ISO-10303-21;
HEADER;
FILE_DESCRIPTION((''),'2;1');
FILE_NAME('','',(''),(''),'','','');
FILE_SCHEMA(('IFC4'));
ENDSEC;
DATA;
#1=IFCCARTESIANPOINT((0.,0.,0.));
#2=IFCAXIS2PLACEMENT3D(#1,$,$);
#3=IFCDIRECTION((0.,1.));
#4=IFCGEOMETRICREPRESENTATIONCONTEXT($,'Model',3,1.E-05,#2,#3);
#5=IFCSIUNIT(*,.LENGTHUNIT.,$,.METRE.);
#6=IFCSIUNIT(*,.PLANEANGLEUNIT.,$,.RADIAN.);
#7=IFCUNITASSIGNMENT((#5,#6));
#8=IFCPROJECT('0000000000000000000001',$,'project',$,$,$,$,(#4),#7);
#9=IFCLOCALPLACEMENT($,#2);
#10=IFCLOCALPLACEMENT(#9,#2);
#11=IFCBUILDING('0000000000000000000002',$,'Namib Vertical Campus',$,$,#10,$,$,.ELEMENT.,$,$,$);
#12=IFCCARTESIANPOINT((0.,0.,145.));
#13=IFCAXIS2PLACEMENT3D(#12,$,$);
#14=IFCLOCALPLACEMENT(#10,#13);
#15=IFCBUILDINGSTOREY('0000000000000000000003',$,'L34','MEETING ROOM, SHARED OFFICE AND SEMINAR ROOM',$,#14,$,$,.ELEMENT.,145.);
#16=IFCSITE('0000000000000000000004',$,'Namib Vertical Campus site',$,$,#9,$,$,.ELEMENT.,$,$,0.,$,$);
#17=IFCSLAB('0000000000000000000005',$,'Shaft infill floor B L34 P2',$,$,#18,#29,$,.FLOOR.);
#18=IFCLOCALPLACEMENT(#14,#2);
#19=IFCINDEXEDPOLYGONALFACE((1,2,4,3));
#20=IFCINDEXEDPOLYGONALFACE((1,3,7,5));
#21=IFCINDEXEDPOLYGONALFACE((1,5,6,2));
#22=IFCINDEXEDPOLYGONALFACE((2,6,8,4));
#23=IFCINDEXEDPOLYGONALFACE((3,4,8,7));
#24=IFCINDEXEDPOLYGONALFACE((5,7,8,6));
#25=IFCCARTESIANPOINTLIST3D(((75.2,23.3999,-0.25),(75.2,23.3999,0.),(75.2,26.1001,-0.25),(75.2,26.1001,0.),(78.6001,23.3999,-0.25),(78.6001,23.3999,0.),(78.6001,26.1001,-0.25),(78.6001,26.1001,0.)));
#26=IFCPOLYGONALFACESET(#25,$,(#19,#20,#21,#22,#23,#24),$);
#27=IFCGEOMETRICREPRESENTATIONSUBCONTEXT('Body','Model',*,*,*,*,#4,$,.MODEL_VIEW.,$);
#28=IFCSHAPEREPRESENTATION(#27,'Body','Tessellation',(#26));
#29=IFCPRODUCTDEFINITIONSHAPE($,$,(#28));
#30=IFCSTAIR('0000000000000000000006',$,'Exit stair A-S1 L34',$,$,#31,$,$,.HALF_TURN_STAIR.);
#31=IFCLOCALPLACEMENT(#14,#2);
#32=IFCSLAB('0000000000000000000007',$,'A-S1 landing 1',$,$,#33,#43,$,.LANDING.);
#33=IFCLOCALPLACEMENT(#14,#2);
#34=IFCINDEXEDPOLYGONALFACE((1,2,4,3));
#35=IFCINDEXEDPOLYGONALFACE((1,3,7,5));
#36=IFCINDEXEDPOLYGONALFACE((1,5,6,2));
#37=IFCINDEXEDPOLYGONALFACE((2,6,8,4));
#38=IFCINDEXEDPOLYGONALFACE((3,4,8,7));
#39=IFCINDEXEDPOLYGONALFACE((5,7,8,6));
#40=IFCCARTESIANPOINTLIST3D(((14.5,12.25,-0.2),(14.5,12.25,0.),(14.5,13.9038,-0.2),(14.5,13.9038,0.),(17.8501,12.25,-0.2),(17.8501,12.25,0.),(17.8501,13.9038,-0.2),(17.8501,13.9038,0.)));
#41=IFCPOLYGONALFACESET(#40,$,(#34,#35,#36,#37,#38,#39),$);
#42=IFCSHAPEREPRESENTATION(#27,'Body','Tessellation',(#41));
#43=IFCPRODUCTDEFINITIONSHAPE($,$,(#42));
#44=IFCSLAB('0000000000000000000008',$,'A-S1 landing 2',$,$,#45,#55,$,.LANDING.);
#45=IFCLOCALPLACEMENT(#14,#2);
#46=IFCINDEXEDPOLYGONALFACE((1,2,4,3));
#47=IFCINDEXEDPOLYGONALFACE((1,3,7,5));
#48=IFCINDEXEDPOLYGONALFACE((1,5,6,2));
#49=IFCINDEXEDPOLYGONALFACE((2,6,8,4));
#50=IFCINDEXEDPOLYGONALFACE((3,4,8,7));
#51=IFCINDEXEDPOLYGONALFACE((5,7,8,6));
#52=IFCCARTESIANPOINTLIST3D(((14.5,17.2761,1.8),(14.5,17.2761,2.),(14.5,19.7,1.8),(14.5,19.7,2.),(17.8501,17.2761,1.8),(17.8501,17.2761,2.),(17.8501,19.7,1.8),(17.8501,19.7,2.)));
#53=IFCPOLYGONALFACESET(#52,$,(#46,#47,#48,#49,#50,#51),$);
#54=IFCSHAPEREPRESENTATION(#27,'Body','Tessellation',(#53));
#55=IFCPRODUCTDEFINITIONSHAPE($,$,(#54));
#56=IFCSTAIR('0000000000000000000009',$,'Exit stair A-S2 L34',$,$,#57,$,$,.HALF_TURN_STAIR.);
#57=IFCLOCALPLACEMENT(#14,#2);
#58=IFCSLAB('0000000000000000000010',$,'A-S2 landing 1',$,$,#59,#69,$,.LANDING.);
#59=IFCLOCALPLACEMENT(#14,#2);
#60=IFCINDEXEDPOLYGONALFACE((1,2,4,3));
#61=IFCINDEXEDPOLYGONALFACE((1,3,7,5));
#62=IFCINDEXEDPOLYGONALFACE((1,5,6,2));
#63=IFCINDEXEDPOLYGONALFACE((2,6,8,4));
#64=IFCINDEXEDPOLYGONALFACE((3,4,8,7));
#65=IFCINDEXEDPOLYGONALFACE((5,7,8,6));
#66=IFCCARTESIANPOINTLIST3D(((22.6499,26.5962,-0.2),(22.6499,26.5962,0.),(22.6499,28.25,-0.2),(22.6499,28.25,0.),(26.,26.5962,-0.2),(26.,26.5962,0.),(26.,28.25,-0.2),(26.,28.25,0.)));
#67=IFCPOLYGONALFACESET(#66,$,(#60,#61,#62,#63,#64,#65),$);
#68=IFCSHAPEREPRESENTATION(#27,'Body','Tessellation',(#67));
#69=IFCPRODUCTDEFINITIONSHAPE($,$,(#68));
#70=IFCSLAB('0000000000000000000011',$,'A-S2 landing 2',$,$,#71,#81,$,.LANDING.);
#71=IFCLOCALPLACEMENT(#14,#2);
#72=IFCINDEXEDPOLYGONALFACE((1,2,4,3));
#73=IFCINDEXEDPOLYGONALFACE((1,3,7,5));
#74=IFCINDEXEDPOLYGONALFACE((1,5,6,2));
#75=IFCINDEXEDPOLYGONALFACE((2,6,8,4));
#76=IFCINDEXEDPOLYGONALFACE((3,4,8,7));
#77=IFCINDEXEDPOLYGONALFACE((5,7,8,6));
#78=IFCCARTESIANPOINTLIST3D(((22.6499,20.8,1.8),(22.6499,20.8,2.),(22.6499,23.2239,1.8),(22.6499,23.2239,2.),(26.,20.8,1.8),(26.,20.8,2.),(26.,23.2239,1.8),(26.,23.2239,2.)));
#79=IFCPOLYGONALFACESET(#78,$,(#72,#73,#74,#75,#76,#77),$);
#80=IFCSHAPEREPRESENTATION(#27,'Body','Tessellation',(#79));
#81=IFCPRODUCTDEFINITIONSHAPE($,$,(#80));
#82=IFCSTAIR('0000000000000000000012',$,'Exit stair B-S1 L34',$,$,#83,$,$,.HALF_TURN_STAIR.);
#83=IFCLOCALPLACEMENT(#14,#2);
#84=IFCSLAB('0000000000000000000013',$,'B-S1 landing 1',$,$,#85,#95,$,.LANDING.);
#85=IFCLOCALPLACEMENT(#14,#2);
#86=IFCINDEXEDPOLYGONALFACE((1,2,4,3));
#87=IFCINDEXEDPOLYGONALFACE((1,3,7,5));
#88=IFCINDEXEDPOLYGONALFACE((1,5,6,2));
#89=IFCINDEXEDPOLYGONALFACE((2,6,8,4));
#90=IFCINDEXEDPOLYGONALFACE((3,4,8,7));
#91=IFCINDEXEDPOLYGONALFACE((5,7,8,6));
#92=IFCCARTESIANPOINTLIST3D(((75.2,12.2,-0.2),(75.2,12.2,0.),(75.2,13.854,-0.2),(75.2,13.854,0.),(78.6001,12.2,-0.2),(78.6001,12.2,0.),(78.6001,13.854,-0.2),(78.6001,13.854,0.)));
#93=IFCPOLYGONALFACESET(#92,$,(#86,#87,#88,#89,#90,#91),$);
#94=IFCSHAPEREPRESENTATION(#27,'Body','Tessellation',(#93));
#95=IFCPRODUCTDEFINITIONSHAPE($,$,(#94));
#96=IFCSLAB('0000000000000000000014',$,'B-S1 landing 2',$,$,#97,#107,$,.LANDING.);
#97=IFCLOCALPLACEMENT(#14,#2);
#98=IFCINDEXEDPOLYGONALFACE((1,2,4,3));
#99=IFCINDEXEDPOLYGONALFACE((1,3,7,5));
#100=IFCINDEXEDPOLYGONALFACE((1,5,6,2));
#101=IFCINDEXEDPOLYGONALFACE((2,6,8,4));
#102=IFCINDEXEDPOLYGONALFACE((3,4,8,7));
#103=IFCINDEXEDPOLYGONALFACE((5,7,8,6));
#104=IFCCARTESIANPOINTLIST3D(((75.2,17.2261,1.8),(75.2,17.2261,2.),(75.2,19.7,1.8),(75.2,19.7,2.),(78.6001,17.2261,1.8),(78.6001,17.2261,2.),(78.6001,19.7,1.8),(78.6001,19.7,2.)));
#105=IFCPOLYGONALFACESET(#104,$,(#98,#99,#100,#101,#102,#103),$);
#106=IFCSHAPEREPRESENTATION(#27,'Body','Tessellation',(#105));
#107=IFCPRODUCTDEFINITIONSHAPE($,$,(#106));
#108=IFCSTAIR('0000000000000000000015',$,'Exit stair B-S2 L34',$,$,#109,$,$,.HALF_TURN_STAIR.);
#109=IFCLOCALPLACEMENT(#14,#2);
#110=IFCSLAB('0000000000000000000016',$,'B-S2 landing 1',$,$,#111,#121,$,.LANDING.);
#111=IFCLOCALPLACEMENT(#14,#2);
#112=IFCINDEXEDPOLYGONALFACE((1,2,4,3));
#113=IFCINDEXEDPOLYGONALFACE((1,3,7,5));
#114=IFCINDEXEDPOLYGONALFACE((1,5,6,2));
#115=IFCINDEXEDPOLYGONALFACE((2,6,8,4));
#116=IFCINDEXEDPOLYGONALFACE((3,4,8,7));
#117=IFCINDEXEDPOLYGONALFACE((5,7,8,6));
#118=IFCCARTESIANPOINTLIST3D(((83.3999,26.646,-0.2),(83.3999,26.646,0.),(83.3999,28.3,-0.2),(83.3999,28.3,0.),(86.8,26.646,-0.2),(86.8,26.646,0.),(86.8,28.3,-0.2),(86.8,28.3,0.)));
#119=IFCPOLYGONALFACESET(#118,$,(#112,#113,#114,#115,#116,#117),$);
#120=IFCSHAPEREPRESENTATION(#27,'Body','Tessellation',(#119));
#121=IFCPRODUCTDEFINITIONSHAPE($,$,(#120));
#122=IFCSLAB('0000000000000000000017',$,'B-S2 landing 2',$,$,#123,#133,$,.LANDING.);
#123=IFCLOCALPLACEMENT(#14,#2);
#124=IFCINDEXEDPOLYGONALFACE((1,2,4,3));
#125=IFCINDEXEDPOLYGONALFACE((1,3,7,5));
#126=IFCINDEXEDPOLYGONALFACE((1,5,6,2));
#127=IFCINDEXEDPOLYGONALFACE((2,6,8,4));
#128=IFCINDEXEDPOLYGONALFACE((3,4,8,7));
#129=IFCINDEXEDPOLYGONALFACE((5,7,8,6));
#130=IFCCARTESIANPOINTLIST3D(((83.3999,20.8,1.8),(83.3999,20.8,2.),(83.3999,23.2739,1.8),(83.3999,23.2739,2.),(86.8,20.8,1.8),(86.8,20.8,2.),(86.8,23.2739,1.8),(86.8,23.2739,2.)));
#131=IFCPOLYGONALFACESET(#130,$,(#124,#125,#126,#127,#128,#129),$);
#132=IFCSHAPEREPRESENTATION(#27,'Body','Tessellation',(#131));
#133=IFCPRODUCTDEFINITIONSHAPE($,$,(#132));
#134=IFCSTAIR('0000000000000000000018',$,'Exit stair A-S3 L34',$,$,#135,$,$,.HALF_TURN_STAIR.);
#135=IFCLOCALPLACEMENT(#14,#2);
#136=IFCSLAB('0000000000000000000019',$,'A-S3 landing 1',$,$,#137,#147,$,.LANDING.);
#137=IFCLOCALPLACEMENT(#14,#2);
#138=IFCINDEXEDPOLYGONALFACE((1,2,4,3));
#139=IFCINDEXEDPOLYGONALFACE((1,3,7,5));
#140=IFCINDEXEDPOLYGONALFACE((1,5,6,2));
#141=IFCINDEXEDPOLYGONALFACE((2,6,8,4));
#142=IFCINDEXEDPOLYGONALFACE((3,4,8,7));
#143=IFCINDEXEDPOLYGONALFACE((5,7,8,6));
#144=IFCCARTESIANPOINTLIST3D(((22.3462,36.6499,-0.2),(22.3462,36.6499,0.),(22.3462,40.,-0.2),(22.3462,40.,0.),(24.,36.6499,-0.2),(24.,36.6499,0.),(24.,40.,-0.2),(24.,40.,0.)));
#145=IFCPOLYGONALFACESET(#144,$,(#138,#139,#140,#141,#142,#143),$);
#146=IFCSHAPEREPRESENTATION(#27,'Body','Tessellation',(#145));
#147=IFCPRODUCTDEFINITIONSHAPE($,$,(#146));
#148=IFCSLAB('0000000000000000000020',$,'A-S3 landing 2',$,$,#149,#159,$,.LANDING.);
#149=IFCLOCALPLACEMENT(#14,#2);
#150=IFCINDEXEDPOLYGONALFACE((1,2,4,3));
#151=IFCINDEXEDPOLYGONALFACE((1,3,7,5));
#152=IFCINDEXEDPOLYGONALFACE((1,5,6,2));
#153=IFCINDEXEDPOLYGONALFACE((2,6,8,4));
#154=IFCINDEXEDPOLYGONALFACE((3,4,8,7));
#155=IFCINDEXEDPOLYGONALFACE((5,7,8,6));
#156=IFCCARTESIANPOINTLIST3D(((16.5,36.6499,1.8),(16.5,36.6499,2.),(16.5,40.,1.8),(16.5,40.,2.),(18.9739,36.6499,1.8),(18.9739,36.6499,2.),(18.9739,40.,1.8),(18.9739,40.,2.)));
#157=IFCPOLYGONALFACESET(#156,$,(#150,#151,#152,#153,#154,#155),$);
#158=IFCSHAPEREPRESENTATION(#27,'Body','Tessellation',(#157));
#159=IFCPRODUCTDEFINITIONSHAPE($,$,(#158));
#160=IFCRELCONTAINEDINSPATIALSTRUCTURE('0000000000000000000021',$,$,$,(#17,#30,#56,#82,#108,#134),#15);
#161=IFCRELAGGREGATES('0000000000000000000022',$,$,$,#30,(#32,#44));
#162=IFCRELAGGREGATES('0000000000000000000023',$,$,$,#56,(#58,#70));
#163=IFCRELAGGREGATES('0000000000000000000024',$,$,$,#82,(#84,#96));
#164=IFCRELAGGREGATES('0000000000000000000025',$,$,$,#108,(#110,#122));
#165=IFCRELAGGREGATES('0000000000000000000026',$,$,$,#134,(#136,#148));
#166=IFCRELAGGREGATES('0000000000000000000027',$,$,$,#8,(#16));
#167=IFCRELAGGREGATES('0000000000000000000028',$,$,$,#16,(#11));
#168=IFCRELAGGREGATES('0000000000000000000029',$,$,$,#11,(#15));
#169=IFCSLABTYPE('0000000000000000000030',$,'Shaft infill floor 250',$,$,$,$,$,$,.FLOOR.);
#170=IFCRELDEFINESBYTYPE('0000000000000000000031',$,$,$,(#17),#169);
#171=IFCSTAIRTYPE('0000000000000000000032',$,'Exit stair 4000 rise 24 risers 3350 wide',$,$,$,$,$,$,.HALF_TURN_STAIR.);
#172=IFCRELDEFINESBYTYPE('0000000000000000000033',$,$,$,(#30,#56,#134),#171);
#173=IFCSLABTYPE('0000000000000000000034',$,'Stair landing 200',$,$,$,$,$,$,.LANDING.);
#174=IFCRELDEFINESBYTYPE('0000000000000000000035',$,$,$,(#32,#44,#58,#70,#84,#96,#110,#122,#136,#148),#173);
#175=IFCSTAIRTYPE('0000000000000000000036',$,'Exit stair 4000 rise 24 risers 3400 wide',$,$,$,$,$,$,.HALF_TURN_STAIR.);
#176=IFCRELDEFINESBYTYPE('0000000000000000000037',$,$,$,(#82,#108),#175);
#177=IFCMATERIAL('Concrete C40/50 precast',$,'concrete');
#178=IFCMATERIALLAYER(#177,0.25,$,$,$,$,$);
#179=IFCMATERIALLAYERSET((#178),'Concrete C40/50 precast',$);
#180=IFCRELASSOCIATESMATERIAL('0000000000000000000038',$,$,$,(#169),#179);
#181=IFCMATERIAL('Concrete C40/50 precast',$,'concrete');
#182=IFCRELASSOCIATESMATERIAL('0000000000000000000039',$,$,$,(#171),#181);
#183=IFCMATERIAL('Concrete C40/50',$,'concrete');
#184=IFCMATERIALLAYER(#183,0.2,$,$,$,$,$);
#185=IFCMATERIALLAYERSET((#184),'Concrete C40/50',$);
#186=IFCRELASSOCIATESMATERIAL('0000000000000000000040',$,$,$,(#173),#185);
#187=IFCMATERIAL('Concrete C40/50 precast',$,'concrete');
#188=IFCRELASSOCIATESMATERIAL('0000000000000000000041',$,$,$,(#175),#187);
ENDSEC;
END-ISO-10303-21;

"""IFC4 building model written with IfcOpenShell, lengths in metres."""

from ifc_helpers import new_model, si_unit, direction, frame, origin, place, context, subcontext, project, spatial, polyline, outline, extrude, material, layer, layer_set, type_object, element, aggregate, save


model = new_model("IFC4")

# Units and contexts
model_context = context("Model", 3, precision=1e-05, world=origin(), true_north=direction((0.0, 1.0)))
body_context = subcontext(model_context, "Body", "Model", "MODEL_VIEW")
ifc_project = project(units=[si_unit("LENGTHUNIT", "METRE"), si_unit("PLANEANGLEUNIT", "RADIAN")], contexts=[model_context])

# Site, building, storey
site_placement = place(None, origin())
site = spatial("IfcSite", under=ifc_project, at=site_placement, Name="Namib Vertical Campus site", CompositionType="ELEMENT", RefElevation=0.0)
building_placement = place(site_placement, origin())
building = spatial("IfcBuilding", under=site, at=building_placement, Name="Namib Vertical Campus", CompositionType="ELEMENT")
storey_placement = place(building_placement, frame((0.0, 0.0, 145.0)))
storey = spatial("IfcBuildingStorey", under=building, at=storey_placement, Name="L34", Description="MEETING ROOM, SHARED OFFICE AND SEMINAR ROOM", CompositionType="ELEMENT", Elevation=145.0)

# Slab
ifc_material_1 = material(Name="Concrete C40/50 precast", Category="concrete")
ifc_layer_1 = layer(ifc_material_1, 0.25)
ifc_layer_set_1 = layer_set([ifc_layer_1], Name="Concrete C40/50 precast")
slab_type_1 = type_object("IfcSlabType", Name="Shaft infill floor 250", PredefinedType="FLOOR", material=ifc_layer_set_1)
slab_1_placement = place(storey_placement, frame((0.0, 0.0, -0.25)))
element("IfcSlab", 1, at=slab_1_placement, inside=storey, type_object=slab_type_1, Name="Shaft infill floor B L34 P2", PredefinedType="FLOOR", context=body_context, shape_type="SweptSolid", body=[
    extrude(outline(polyline([(75.2, 23.3999), (78.6001, 23.3999), (78.6001, 26.1001), (75.2, 26.1001), (75.2, 23.3999)])), origin(), (0.0, 0.0, 1.0), 0.25),
])

# Stairs, slabs
ifc_material_2 = material(Name="Concrete C40/50 precast", Category="concrete")
stair_type_1 = type_object("IfcStairType", Name="Exit stair 4000 rise 24 risers 3350 wide", PredefinedType="HALF_TURN_STAIR", material=ifc_material_2)
stair_1_placement = place(storey_placement, origin())
stair_1 = element("IfcStair", 2, at=stair_1_placement, inside=storey, type_object=stair_type_1, Name="Exit stair A-S1 L34", PredefinedType="HALF_TURN_STAIR")
ifc_material_3 = material(Name="Concrete C40/50", Category="concrete")
ifc_layer_2 = layer(ifc_material_3, 0.2)
ifc_layer_set_2 = layer_set([ifc_layer_2], Name="Concrete C40/50")
slab_type_2 = type_object("IfcSlabType", Name="Stair landing 200", PredefinedType="LANDING", material=ifc_layer_set_2)
slab_2_placement = place(storey_placement, frame((0.0, 0.0, -0.2)))
slab_2 = element("IfcSlab", 3, at=slab_2_placement, type_object=slab_type_2, Name="A-S1 landing 1", PredefinedType="LANDING", context=body_context, shape_type="SweptSolid", body=[
    extrude(outline(polyline([(14.5, 12.25), (17.8501, 12.25), (17.8501, 13.9038), (14.5, 13.9038), (14.5, 12.25)])), origin(), (0.0, 0.0, 1.0), 0.2),
])
slab_3_placement = place(storey_placement, frame((0.0, 0.0, 1.8)))
slab_3 = element("IfcSlab", 4, at=slab_3_placement, type_object=slab_type_2, Name="A-S1 landing 2", PredefinedType="LANDING", context=body_context, shape_type="SweptSolid", body=[
    extrude(outline(polyline([(14.5, 17.2761), (17.8501, 17.2761), (17.8501, 19.7), (14.5, 19.7), (14.5, 17.2761)])), origin(), (0.0, 0.0, 1.0), 0.2),
])
aggregate(stair_1, [slab_2, slab_3])
stair_2_placement = place(storey_placement, origin())
stair_2 = element("IfcStair", 5, at=stair_2_placement, inside=storey, type_object=stair_type_1, Name="Exit stair A-S2 L34", PredefinedType="HALF_TURN_STAIR")
slab_4_placement = place(storey_placement, frame((0.0, 0.0, -0.2)))
slab_4 = element("IfcSlab", 6, at=slab_4_placement, type_object=slab_type_2, Name="A-S2 landing 1", PredefinedType="LANDING", context=body_context, shape_type="SweptSolid", body=[
    extrude(outline(polyline([(22.6499, 26.5962), (26.0, 26.5962), (26.0, 28.25), (22.6499, 28.25), (22.6499, 26.5962)])), origin(), (0.0, 0.0, 1.0), 0.2),
])
slab_5_placement = place(storey_placement, frame((0.0, 0.0, 1.8)))
slab_5 = element("IfcSlab", 7, at=slab_5_placement, type_object=slab_type_2, Name="A-S2 landing 2", PredefinedType="LANDING", context=body_context, shape_type="SweptSolid", body=[
    extrude(outline(polyline([(22.6499, 20.8), (26.0, 20.8), (26.0, 23.2239), (22.6499, 23.2239), (22.6499, 20.8)])), origin(), (0.0, 0.0, 1.0), 0.2),
])
aggregate(stair_2, [slab_4, slab_5])
ifc_material_4 = material(Name="Concrete C40/50 precast", Category="concrete")
stair_type_2 = type_object("IfcStairType", Name="Exit stair 4000 rise 24 risers 3400 wide", PredefinedType="HALF_TURN_STAIR", material=ifc_material_4)
stair_3_placement = place(storey_placement, origin())
stair_3 = element("IfcStair", 8, at=stair_3_placement, inside=storey, type_object=stair_type_2, Name="Exit stair B-S1 L34", PredefinedType="HALF_TURN_STAIR")
slab_6_placement = place(storey_placement, frame((0.0, 0.0, -0.2)))
slab_6 = element("IfcSlab", 9, at=slab_6_placement, type_object=slab_type_2, Name="B-S1 landing 1", PredefinedType="LANDING", context=body_context, shape_type="SweptSolid", body=[
    extrude(outline(polyline([(75.2, 12.2), (78.6001, 12.2), (78.6001, 13.854), (75.2, 13.854), (75.2, 12.2)])), origin(), (0.0, 0.0, 1.0), 0.2),
])
slab_7_placement = place(storey_placement, frame((0.0, 0.0, 1.8)))
slab_7 = element("IfcSlab", 10, at=slab_7_placement, type_object=slab_type_2, Name="B-S1 landing 2", PredefinedType="LANDING", context=body_context, shape_type="SweptSolid", body=[
    extrude(outline(polyline([(75.2, 17.2261), (78.6001, 17.2261), (78.6001, 19.7), (75.2, 19.7), (75.2, 17.2261)])), origin(), (0.0, 0.0, 1.0), 0.2),
])
aggregate(stair_3, [slab_6, slab_7])
stair_4_placement = place(storey_placement, origin())
stair_4 = element("IfcStair", 11, at=stair_4_placement, inside=storey, type_object=stair_type_2, Name="Exit stair B-S2 L34", PredefinedType="HALF_TURN_STAIR")
slab_8_placement = place(storey_placement, frame((0.0, 0.0, -0.2)))
slab_8 = element("IfcSlab", 12, at=slab_8_placement, type_object=slab_type_2, Name="B-S2 landing 1", PredefinedType="LANDING", context=body_context, shape_type="SweptSolid", body=[
    extrude(outline(polyline([(83.3999, 26.646), (86.8, 26.646), (86.8, 28.3), (83.3999, 28.3), (83.3999, 26.646)])), origin(), (0.0, 0.0, 1.0), 0.2),
])
slab_9_placement = place(storey_placement, frame((0.0, 0.0, 1.8)))
slab_9 = element("IfcSlab", 13, at=slab_9_placement, type_object=slab_type_2, Name="B-S2 landing 2", PredefinedType="LANDING", context=body_context, shape_type="SweptSolid", body=[
    extrude(outline(polyline([(83.3999, 20.8), (86.8, 20.8), (86.8, 23.2739), (83.3999, 23.2739), (83.3999, 20.8)])), origin(), (0.0, 0.0, 1.0), 0.2),
])
aggregate(stair_4, [slab_8, slab_9])
stair_5_placement = place(storey_placement, origin())
stair_5 = element("IfcStair", 14, at=stair_5_placement, inside=storey, type_object=stair_type_1, Name="Exit stair A-S3 L34", PredefinedType="HALF_TURN_STAIR")
slab_10_placement = place(storey_placement, frame((0.0, 0.0, -0.2)))
slab_10 = element("IfcSlab", 15, at=slab_10_placement, type_object=slab_type_2, Name="A-S3 landing 1", PredefinedType="LANDING", context=body_context, shape_type="SweptSolid", body=[
    extrude(outline(polyline([(22.3462, 36.6499), (22.3462, 40.0), (24.0, 40.0), (24.0, 36.6499), (22.3462, 36.6499)])), origin(), (0.0, 0.0, 1.0), 0.2),
])
slab_11_placement = place(storey_placement, frame((0.0, 0.0, 1.8)))
slab_11 = element("IfcSlab", 16, at=slab_11_placement, type_object=slab_type_2, Name="A-S3 landing 2", PredefinedType="LANDING", context=body_context, shape_type="SweptSolid", body=[
    extrude(outline(polyline([(16.5, 36.6499), (16.5, 40.0), (18.9739, 40.0), (18.9739, 36.6499), (16.5, 36.6499)])), origin(), (0.0, 0.0, 1.0), 0.2),
])
aggregate(stair_5, [slab_10, slab_11])

save(model, "model.ifc")
